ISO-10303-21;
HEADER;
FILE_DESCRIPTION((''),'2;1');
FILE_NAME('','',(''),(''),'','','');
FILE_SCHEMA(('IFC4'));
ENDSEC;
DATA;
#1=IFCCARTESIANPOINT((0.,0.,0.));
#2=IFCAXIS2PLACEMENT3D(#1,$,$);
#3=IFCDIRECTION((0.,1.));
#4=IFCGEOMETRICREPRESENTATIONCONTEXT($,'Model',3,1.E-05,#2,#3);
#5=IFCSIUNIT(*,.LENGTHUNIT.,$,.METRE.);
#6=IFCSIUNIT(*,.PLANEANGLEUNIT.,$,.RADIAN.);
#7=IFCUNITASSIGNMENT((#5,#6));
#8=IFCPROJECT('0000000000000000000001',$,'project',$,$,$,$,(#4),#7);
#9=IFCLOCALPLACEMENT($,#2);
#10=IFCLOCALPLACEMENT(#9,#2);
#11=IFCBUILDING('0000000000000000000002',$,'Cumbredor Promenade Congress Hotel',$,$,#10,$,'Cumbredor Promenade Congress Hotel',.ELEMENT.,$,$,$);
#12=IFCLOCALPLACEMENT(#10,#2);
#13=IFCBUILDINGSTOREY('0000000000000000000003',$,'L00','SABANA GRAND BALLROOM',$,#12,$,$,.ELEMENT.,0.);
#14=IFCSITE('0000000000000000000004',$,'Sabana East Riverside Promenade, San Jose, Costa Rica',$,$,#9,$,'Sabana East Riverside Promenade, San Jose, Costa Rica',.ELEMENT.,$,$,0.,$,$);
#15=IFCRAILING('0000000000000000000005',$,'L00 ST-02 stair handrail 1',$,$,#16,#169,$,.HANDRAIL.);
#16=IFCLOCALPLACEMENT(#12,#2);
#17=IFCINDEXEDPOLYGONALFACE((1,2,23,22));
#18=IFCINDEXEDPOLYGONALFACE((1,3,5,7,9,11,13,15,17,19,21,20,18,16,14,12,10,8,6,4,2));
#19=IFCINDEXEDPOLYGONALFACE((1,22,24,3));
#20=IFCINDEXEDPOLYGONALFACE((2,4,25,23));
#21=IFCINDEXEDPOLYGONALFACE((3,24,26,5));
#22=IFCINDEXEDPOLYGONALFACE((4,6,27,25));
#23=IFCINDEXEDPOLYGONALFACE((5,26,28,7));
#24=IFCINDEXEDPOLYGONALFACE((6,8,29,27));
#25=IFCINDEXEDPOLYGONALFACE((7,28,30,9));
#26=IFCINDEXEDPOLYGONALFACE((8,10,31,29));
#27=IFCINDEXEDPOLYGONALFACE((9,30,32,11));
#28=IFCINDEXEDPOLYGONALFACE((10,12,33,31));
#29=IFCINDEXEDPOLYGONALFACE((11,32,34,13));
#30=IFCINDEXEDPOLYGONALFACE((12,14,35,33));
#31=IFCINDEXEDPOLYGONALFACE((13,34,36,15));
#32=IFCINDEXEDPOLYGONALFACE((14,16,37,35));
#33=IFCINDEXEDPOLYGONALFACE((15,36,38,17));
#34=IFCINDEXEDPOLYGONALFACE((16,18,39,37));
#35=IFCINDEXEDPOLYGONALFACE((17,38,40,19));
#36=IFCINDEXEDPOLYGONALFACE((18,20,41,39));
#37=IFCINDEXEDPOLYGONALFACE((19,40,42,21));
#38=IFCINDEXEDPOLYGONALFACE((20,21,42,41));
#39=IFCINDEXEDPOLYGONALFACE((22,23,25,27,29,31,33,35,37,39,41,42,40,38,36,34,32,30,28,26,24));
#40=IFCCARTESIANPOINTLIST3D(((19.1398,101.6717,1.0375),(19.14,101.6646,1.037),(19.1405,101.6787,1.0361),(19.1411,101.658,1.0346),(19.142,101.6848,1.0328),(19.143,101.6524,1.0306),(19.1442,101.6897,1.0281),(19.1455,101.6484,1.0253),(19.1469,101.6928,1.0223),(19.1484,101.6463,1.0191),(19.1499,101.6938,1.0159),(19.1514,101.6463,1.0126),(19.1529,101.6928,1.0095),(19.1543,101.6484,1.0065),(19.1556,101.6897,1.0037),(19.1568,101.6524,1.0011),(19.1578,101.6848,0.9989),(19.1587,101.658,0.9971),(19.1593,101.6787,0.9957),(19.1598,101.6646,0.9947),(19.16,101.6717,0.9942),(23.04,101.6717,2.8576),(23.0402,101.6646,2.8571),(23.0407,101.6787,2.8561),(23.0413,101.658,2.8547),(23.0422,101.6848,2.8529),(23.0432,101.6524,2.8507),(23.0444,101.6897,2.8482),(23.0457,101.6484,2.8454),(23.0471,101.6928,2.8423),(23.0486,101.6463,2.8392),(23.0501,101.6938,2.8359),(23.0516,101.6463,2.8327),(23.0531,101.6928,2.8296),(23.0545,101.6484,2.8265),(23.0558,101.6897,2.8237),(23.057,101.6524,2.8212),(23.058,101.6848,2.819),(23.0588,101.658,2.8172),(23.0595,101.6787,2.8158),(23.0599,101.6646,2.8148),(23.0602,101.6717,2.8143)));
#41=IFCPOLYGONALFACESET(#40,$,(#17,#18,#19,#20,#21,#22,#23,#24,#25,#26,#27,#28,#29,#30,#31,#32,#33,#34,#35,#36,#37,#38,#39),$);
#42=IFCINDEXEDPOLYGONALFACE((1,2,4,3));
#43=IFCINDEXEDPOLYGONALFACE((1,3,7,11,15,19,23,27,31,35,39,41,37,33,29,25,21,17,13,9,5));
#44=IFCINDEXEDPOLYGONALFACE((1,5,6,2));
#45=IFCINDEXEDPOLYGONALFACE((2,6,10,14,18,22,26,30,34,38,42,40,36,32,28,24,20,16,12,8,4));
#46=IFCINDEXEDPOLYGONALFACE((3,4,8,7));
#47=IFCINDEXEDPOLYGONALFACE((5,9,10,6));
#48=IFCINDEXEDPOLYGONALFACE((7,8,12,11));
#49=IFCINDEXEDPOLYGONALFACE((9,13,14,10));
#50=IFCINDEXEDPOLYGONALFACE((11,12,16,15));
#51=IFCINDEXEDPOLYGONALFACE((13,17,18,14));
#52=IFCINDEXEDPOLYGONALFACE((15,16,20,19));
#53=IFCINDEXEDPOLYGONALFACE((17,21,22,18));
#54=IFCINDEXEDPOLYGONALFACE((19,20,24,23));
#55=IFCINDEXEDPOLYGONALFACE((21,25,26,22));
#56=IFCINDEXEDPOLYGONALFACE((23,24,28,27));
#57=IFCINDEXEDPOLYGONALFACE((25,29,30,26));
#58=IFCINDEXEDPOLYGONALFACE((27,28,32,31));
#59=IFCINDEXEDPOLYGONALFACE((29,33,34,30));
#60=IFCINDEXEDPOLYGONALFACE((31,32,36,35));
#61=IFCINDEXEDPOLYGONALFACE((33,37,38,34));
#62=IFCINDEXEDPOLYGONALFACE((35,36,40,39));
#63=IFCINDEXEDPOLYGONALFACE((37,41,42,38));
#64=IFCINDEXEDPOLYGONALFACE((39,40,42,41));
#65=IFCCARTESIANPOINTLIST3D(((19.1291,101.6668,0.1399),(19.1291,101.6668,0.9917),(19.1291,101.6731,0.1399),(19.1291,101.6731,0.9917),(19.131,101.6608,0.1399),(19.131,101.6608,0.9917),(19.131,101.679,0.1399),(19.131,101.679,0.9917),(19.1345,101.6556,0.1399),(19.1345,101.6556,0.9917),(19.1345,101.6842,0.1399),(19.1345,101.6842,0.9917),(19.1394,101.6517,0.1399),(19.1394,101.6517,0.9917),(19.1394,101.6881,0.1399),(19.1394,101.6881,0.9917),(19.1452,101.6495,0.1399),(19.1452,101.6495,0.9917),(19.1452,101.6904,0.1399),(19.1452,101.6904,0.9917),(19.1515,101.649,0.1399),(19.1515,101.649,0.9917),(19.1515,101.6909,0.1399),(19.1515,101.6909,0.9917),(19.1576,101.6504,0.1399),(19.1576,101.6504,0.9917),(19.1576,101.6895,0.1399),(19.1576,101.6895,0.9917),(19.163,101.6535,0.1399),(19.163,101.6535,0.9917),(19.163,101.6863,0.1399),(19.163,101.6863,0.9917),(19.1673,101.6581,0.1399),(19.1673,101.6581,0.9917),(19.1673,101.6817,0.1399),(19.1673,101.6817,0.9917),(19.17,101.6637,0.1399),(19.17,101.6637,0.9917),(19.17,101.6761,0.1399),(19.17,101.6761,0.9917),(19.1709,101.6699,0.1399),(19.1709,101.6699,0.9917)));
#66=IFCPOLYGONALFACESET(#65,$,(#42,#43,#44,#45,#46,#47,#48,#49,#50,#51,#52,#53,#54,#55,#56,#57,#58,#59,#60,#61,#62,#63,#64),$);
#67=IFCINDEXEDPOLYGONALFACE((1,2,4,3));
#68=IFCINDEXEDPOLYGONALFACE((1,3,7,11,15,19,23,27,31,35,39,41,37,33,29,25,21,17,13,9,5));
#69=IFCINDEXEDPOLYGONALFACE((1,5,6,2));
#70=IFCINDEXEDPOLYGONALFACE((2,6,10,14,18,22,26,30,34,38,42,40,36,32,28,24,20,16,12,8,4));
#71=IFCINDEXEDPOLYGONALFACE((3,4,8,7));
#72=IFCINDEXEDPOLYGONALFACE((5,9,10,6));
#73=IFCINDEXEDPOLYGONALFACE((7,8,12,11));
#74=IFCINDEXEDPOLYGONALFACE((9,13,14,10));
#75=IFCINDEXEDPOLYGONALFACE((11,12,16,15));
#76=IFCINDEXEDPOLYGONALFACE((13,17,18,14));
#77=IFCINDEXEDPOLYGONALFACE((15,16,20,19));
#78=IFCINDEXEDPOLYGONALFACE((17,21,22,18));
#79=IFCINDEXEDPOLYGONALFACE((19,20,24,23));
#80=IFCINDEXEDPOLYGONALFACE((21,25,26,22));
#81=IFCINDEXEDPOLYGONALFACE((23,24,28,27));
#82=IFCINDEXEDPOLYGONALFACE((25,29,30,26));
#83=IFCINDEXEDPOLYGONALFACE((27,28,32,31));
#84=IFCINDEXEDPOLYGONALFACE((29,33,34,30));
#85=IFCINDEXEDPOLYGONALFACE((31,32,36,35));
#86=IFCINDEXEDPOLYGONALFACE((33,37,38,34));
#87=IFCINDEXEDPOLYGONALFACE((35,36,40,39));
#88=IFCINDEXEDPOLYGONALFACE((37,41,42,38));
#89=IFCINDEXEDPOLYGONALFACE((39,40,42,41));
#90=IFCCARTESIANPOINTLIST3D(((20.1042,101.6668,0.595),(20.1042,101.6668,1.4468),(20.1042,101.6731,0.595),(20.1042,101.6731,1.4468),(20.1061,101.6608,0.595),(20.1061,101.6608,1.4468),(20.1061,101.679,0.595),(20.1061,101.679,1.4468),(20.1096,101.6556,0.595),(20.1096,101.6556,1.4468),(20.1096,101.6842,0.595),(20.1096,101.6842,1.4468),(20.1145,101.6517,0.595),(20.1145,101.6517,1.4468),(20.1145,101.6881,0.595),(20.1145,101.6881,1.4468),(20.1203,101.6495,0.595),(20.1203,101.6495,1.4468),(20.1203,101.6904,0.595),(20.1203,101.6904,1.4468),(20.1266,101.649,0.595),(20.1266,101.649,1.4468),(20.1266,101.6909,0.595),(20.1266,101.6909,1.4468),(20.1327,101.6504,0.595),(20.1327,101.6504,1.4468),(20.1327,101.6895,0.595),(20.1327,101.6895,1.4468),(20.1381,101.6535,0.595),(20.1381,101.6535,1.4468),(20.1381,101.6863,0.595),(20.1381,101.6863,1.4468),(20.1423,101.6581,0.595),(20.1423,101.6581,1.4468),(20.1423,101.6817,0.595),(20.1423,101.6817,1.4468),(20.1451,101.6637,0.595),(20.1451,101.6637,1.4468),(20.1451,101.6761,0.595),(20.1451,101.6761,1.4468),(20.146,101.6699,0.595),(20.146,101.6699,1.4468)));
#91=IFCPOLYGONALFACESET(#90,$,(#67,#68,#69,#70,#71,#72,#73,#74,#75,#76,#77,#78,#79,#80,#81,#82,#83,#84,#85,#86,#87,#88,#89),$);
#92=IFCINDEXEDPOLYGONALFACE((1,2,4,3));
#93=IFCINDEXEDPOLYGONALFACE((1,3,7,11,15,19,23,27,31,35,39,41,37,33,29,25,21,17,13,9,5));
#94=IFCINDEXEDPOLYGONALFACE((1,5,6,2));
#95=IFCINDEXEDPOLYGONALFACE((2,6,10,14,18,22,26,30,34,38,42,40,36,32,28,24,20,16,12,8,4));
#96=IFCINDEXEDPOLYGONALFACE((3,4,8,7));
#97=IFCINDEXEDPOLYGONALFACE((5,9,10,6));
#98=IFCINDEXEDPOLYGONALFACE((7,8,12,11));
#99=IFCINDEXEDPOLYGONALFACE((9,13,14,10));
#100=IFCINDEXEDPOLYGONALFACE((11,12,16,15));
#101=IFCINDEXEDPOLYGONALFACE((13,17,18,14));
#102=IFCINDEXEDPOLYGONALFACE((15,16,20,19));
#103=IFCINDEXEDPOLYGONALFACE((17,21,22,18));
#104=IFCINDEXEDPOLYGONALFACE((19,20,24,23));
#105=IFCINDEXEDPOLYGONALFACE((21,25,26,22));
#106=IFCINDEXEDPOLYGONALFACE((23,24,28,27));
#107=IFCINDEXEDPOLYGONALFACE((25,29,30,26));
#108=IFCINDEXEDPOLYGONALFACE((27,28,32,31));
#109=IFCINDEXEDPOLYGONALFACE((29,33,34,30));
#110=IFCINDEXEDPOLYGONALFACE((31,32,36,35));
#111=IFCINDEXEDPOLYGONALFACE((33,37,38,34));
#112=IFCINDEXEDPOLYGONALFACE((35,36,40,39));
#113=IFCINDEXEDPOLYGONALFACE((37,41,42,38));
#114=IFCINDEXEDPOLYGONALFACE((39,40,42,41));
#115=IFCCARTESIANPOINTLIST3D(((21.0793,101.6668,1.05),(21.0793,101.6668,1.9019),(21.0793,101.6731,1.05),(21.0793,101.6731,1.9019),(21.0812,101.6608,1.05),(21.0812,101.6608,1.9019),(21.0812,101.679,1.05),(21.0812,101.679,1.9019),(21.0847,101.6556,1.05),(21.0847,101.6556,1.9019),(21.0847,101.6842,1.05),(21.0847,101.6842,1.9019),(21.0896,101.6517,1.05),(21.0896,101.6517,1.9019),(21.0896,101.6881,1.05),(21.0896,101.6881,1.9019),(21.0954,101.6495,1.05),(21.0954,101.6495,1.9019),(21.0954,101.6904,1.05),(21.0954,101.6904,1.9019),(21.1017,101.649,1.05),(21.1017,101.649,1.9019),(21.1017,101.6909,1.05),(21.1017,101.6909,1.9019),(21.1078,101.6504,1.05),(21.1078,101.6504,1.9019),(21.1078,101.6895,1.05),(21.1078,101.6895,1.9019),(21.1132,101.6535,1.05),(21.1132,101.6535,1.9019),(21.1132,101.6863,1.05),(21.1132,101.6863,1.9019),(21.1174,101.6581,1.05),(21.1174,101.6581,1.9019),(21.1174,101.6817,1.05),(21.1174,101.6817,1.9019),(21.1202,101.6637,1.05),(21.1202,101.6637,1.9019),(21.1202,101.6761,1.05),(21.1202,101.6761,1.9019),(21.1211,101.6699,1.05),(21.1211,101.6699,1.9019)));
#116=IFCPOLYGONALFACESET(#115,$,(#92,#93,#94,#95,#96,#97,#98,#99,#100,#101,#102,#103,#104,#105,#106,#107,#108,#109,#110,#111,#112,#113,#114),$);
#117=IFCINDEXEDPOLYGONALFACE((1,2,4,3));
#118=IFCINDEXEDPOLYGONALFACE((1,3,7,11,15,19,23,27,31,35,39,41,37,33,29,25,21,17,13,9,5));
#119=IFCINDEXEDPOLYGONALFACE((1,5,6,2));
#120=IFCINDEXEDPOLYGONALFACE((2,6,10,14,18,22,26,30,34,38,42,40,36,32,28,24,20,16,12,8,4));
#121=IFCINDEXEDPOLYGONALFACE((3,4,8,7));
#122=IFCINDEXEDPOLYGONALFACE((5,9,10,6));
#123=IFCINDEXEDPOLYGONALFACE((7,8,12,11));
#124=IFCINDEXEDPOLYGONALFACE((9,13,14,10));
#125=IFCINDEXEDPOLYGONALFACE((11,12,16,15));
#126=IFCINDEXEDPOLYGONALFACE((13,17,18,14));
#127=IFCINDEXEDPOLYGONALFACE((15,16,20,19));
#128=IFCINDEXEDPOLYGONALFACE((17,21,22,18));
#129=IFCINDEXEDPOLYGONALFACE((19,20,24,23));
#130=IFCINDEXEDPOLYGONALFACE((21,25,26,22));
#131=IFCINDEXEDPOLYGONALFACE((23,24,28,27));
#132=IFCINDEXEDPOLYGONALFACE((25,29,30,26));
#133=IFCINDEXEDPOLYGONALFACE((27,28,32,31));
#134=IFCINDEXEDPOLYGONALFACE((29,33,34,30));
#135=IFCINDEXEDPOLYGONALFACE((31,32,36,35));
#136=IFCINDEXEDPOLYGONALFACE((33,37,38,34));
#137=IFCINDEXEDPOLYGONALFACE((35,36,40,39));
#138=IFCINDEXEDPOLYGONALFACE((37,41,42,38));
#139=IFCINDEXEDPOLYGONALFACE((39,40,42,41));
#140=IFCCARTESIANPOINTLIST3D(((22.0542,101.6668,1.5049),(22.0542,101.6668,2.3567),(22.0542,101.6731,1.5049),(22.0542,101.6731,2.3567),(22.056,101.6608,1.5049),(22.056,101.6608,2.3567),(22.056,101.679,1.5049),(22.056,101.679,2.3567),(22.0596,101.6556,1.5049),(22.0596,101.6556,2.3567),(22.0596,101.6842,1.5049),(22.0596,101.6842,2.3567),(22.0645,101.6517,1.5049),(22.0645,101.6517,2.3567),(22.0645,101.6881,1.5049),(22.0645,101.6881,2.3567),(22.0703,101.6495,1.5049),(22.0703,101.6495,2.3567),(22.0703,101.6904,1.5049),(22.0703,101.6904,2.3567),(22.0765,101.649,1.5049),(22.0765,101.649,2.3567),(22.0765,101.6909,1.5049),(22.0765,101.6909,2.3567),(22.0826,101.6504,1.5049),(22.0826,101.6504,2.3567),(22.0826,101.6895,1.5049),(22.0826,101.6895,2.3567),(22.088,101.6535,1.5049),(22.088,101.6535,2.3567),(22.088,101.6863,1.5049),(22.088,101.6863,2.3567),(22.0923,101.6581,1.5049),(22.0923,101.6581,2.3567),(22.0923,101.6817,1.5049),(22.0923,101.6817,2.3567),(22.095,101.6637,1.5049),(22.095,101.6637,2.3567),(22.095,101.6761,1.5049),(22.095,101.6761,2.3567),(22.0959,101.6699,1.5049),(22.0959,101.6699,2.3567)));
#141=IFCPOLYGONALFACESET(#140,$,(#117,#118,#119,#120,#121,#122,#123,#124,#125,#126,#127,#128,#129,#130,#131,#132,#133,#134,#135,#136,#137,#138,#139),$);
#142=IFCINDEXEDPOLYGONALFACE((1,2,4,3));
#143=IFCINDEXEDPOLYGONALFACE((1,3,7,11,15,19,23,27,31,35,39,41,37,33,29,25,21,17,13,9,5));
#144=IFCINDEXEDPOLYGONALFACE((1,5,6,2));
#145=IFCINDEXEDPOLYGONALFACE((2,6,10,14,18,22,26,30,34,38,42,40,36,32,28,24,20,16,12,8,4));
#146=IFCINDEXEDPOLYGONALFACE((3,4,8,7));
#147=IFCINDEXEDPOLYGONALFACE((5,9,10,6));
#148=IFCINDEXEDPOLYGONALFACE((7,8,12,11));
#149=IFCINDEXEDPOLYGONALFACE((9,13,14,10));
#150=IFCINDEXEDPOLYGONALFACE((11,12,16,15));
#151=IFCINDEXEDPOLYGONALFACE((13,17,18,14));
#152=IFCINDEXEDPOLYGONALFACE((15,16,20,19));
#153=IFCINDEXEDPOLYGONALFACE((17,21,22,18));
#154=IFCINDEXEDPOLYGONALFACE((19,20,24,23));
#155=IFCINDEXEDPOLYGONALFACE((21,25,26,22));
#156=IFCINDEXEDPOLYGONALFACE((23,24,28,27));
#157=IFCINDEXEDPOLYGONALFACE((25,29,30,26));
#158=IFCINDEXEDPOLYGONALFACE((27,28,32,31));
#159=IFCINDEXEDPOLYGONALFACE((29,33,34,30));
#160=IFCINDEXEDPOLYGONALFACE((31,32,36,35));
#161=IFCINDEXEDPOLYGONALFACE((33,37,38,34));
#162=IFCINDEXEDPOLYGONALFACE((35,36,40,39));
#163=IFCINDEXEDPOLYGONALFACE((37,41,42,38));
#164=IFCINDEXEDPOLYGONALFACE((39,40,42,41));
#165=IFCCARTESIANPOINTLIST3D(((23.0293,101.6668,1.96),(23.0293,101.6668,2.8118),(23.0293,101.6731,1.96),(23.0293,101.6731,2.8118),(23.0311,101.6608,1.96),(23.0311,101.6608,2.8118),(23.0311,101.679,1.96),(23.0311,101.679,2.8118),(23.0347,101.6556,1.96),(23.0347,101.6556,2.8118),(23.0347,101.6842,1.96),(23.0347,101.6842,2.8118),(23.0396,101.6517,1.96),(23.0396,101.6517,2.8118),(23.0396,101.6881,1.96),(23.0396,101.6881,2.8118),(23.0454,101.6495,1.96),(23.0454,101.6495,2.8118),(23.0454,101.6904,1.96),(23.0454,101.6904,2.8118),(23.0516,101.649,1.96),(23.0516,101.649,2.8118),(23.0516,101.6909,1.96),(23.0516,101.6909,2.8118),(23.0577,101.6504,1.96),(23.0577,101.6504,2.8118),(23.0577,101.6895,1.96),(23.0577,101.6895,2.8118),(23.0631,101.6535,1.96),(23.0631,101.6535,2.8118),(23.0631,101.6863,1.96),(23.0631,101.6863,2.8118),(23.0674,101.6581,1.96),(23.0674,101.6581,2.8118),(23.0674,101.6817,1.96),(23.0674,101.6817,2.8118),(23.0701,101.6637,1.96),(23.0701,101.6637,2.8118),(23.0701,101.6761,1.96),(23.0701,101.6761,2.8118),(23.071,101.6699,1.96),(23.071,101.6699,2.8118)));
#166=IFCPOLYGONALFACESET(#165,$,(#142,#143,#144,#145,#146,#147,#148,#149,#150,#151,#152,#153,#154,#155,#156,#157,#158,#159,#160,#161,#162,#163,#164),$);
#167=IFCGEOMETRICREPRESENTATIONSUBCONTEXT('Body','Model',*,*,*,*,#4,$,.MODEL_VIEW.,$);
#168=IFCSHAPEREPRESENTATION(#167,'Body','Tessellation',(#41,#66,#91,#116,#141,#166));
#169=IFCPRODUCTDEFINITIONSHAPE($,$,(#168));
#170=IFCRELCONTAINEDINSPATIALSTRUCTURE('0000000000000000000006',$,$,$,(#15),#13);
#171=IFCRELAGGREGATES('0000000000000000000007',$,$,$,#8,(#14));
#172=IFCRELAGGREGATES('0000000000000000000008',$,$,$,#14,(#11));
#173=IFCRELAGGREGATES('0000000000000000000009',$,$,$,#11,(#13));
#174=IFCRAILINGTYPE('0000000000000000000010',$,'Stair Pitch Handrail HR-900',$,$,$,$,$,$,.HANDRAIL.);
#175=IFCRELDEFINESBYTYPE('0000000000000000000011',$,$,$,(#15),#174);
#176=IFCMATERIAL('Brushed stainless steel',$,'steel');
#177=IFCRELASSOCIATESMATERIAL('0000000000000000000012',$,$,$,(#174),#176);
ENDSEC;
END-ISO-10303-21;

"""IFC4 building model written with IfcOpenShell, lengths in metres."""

from ifc_helpers import new_model, si_unit, direction, frame, origin, origin_2d, place, context, subcontext, project, spatial, circle, extrude, material, type_object, element, save


model = new_model("IFC4")

# Units and contexts
model_context = context("Model", 3, precision=1e-05, world=origin(), true_north=direction((0.0, 1.0)))
body_context = subcontext(model_context, "Body", "Model", "MODEL_VIEW")
ifc_project = project(units=[si_unit("LENGTHUNIT", "METRE"), si_unit("PLANEANGLEUNIT", "RADIAN")], contexts=[model_context])

# Site, building, storey
site_placement = place(None, origin())
site = spatial("IfcSite", under=ifc_project, at=site_placement, Name="Sabana East Riverside Promenade, San Jose, Costa Rica", LongName="Sabana East Riverside Promenade, San Jose, Costa Rica", CompositionType="ELEMENT", RefElevation=0.0)
building_placement = place(site_placement, origin())
building = spatial("IfcBuilding", under=site, at=building_placement, Name="Cumbredor Promenade Congress Hotel", LongName="Cumbredor Promenade Congress Hotel", CompositionType="ELEMENT")
storey_placement = place(building_placement, origin())
storey = spatial("IfcBuildingStorey", under=building, at=storey_placement, Name="L00", Description="SABANA GRAND BALLROOM", CompositionType="ELEMENT", Elevation=0.0)

# Shared definitions
ifc_material_1 = material(Name="Brushed stainless steel", Category="steel")

# Railing
railing_type_1 = type_object("IfcRailingType", Name="Stair Pitch Handrail HR-900", PredefinedType="HANDRAIL", material=ifc_material_1)
railing_1_placement = place(storey_placement, frame((19.1499, 101.6699, 0.1399)))
element("IfcRailing", 1, at=railing_1_placement, inside=storey, type_object=railing_type_1, Name="L00 ST-02 stair handrail 1", PredefinedType="HANDRAIL", context=body_context, shape_type="SweptSolid", body=[
    extrude(circle(Radius=0.0239, at=origin_2d()), frame((0.0, 0.0, 0.876), z_axis=(0.906183, 0.0, 0.422885), x_axis=(0.0, 1.0, 0.0)), (0.0, 0.0, 1.0), 4.304),
    extrude(circle(Radius=0.021, at=origin_2d()), origin(), (0.0, 0.0, 1.0), 0.8518),
    extrude(circle(Radius=0.021, at=origin_2d()), frame((0.9751, 0.0, 0.4551)), (0.0, 0.0, 1.0), 0.8518),
    extrude(circle(Radius=0.021, at=origin_2d()), frame((1.9502, 0.0, 0.9102)), (0.0, 0.0, 1.0), 0.8518),
    extrude(circle(Radius=0.021, at=origin_2d()), frame((2.925, 0.0, 1.365)), (0.0, 0.0, 1.0), 0.8518),
    extrude(circle(Radius=0.021, at=origin_2d()), frame((3.9001, 0.0, 1.8201)), (0.0, 0.0, 1.0), 0.8518),
])

save(model, "model.ifc")
